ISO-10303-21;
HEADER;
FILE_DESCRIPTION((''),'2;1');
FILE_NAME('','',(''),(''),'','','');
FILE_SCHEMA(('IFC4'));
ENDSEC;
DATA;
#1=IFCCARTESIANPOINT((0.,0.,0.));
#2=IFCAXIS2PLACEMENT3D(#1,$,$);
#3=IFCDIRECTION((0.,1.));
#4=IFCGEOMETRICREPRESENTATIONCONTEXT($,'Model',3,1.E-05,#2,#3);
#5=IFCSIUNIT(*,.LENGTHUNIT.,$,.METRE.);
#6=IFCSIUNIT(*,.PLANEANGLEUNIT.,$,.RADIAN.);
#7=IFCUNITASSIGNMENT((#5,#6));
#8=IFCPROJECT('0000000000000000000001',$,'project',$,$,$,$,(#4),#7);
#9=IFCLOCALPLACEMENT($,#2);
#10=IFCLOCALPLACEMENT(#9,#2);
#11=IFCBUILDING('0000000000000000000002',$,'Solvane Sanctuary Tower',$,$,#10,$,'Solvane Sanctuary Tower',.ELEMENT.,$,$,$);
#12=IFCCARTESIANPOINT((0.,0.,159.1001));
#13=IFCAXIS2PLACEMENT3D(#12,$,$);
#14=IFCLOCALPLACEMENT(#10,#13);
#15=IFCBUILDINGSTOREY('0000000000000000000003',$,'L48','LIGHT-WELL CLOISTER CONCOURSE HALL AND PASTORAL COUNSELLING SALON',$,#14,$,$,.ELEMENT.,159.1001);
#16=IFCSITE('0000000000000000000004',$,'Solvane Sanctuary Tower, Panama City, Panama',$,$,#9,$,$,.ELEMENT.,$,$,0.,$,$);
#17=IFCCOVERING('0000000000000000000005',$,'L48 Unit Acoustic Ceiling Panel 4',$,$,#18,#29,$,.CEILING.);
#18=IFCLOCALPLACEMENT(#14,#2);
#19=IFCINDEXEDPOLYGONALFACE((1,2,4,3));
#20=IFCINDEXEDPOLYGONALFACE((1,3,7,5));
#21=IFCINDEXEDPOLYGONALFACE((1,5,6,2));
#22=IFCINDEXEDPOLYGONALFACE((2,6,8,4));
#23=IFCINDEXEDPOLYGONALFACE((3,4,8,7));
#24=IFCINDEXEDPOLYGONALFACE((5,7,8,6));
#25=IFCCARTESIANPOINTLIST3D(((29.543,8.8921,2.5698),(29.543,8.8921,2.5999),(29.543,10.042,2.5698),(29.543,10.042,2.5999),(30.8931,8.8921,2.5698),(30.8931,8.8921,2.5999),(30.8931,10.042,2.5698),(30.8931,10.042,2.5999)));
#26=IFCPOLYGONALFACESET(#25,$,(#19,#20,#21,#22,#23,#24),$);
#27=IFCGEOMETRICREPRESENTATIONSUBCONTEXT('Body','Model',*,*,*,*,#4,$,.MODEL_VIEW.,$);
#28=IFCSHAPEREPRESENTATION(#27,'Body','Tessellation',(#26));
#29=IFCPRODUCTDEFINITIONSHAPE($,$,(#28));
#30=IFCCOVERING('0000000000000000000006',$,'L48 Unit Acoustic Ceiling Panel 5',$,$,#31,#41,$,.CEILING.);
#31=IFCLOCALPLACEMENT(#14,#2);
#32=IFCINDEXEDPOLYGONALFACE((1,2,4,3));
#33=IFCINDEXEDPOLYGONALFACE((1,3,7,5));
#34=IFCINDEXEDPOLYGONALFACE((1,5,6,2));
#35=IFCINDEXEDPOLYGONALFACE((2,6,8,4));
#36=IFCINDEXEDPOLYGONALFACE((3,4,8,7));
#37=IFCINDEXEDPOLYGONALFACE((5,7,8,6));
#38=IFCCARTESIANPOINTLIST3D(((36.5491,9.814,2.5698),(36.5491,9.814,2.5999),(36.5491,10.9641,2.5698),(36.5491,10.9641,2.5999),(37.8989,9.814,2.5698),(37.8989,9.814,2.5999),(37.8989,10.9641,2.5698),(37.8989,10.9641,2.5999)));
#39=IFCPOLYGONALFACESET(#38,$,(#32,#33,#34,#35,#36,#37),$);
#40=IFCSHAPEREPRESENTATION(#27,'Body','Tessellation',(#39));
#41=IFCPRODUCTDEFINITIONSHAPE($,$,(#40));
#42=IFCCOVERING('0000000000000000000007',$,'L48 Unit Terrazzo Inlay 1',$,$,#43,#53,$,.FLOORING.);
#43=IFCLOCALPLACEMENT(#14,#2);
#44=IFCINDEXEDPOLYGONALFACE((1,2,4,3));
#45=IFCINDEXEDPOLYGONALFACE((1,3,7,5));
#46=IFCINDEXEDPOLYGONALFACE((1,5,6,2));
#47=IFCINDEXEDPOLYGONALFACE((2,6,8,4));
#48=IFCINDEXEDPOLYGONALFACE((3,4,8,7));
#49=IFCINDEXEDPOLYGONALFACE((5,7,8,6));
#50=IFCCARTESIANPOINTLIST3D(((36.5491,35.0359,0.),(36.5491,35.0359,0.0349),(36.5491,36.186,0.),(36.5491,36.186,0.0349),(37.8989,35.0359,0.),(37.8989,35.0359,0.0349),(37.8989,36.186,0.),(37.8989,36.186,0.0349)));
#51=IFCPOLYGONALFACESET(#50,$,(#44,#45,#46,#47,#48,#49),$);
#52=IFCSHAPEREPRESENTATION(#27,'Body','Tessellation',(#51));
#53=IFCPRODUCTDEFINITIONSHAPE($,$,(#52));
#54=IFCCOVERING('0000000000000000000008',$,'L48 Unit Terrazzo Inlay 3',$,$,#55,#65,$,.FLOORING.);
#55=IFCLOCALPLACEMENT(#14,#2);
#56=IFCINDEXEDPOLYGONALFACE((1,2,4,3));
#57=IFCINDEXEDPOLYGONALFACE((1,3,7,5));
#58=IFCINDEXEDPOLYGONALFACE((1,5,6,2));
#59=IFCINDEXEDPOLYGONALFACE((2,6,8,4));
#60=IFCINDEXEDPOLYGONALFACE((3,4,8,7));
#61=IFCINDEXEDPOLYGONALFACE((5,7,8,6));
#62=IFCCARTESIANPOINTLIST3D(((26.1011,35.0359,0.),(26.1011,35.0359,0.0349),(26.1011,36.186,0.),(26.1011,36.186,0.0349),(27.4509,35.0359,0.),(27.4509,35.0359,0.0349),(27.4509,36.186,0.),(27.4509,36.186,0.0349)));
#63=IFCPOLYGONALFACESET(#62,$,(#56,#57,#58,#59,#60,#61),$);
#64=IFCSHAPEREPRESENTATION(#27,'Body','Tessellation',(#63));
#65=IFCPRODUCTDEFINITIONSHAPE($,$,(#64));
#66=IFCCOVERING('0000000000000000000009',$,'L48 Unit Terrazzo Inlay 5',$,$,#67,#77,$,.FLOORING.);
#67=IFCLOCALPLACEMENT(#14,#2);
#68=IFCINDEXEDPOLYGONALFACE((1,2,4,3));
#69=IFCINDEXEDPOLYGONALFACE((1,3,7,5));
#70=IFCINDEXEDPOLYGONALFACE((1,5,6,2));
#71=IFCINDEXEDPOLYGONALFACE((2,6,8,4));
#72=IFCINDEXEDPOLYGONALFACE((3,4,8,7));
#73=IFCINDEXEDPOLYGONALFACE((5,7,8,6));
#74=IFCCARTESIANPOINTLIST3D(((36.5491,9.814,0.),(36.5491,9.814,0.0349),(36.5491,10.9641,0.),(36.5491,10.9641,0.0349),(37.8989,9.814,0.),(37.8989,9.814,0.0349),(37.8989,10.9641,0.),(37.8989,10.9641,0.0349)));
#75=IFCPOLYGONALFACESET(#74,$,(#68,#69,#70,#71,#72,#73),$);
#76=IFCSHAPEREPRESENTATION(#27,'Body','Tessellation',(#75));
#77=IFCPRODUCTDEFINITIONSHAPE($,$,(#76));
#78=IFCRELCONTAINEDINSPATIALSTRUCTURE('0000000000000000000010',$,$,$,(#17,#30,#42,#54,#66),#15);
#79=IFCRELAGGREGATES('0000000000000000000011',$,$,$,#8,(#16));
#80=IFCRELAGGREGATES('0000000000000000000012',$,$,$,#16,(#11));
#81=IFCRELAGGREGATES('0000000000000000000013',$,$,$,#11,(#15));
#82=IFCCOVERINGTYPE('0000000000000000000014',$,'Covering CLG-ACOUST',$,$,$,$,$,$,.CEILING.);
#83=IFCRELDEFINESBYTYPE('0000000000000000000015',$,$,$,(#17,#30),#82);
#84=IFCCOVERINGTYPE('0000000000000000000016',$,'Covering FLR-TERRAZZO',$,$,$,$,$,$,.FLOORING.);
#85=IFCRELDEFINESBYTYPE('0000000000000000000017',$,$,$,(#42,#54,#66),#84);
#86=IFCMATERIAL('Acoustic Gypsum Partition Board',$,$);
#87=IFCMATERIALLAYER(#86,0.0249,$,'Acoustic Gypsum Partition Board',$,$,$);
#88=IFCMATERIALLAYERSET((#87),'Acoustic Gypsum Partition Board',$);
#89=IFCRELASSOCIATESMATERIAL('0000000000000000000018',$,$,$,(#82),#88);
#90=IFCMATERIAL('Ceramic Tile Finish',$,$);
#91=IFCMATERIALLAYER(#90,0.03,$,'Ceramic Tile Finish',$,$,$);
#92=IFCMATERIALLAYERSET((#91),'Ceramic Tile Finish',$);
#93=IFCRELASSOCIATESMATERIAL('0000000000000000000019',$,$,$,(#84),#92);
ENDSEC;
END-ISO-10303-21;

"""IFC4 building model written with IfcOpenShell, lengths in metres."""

from ifc_helpers import new_model, si_unit, direction, frame, origin, place, context, subcontext, project, spatial, polyline, outline, extrude, material, layer, layer_set, type_object, element, save


model = new_model("IFC4")

# Units and contexts
model_context = context("Model", 3, precision=1e-05, world=origin(), true_north=direction((0.0, 1.0)))
body_context = subcontext(model_context, "Body", "Model", "MODEL_VIEW")
ifc_project = project(units=[si_unit("LENGTHUNIT", "METRE"), si_unit("PLANEANGLEUNIT", "RADIAN")], contexts=[model_context])

# Site, building, storey
site_placement = place(None, origin())
site = spatial("IfcSite", under=ifc_project, at=site_placement, Name="Solvane Sanctuary Tower, Panama City, Panama", CompositionType="ELEMENT", RefElevation=0.0)
building_placement = place(site_placement, origin())
building = spatial("IfcBuilding", under=site, at=building_placement, Name="Solvane Sanctuary Tower", LongName="Solvane Sanctuary Tower", CompositionType="ELEMENT")
storey_placement = place(building_placement, frame((0.0, 0.0, 159.1001)))
storey = spatial("IfcBuildingStorey", under=building, at=storey_placement, Name="L48", Description="LIGHT-WELL CLOISTER CONCOURSE HALL AND PASTORAL COUNSELLING SALON", CompositionType="ELEMENT", Elevation=159.1001)

# Shared definitions
ifc_material_1 = material(Name="Acoustic Gypsum Partition Board")

# Coverings
ifc_layer_1 = layer(ifc_material_1, 0.0249, Name="Acoustic Gypsum Partition Board")
ifc_layer_set_1 = layer_set([ifc_layer_1], Name="Acoustic Gypsum Partition Board")
covering_type_1 = type_object("IfcCoveringType", Name="Covering CLG-ACOUST", PredefinedType="CEILING", material=ifc_layer_set_1)
covering_1_placement = place(storey_placement, frame((0.0, 0.0, 2.5698)))
element("IfcCovering", 1, at=covering_1_placement, inside=storey, type_object=covering_type_1, Name="L48 Unit Acoustic Ceiling Panel 4", PredefinedType="CEILING", context=body_context, shape_type="SweptSolid", body=[
    extrude(outline(polyline([(29.543, 8.8921), (30.8931, 8.8921), (30.8931, 10.042), (29.543, 10.042), (29.543, 8.8921)])), origin(), (0.0, 0.0, 1.0), 0.03),
])
covering_2_placement = place(storey_placement, frame((0.0, 0.0, 2.5698)))
element("IfcCovering", 2, at=covering_2_placement, inside=storey, type_object=covering_type_1, Name="L48 Unit Acoustic Ceiling Panel 5", PredefinedType="CEILING", context=body_context, shape_type="SweptSolid", body=[
    extrude(outline(polyline([(36.5491, 9.814), (37.8989, 9.814), (37.8989, 10.9641), (36.5491, 10.9641), (36.5491, 9.814)])), origin(), (0.0, 0.0, 1.0), 0.03),
])
ifc_material_2 = material(Name="Ceramic Tile Finish")
ifc_layer_2 = layer(ifc_material_2, 0.03, Name="Ceramic Tile Finish")
ifc_layer_set_2 = layer_set([ifc_layer_2], Name="Ceramic Tile Finish")
covering_type_2 = type_object("IfcCoveringType", Name="Covering FLR-TERRAZZO", PredefinedType="FLOORING", material=ifc_layer_set_2)
covering_3_placement = place(storey_placement, origin())
element("IfcCovering", 3, at=covering_3_placement, inside=storey, type_object=covering_type_2, Name="L48 Unit Terrazzo Inlay 1", PredefinedType="FLOORING", context=body_context, shape_type="SweptSolid", body=[
    extrude(outline(polyline([(36.5491, 35.0359), (37.8989, 35.0359), (37.8989, 36.186), (36.5491, 36.186), (36.5491, 35.0359)])), origin(), (0.0, 0.0, 1.0), 0.0349),
])
covering_4_placement = place(storey_placement, origin())
element("IfcCovering", 4, at=covering_4_placement, inside=storey, type_object=covering_type_2, Name="L48 Unit Terrazzo Inlay 3", PredefinedType="FLOORING", context=body_context, shape_type="SweptSolid", body=[
    extrude(outline(polyline([(26.1011, 35.0359), (27.4509, 35.0359), (27.4509, 36.186), (26.1011, 36.186), (26.1011, 35.0359)])), origin(), (0.0, 0.0, 1.0), 0.0349),
])
covering_5_placement = place(storey_placement, origin())
element("IfcCovering", 5, at=covering_5_placement, inside=storey, type_object=covering_type_2, Name="L48 Unit Terrazzo Inlay 5", PredefinedType="FLOORING", context=body_context, shape_type="SweptSolid", body=[
    extrude(outline(polyline([(36.5491, 9.814), (37.8989, 9.814), (37.8989, 10.9641), (36.5491, 10.9641), (36.5491, 9.814)])), origin(), (0.0, 0.0, 1.0), 0.0349),
])

save(model, "model.ifc")
